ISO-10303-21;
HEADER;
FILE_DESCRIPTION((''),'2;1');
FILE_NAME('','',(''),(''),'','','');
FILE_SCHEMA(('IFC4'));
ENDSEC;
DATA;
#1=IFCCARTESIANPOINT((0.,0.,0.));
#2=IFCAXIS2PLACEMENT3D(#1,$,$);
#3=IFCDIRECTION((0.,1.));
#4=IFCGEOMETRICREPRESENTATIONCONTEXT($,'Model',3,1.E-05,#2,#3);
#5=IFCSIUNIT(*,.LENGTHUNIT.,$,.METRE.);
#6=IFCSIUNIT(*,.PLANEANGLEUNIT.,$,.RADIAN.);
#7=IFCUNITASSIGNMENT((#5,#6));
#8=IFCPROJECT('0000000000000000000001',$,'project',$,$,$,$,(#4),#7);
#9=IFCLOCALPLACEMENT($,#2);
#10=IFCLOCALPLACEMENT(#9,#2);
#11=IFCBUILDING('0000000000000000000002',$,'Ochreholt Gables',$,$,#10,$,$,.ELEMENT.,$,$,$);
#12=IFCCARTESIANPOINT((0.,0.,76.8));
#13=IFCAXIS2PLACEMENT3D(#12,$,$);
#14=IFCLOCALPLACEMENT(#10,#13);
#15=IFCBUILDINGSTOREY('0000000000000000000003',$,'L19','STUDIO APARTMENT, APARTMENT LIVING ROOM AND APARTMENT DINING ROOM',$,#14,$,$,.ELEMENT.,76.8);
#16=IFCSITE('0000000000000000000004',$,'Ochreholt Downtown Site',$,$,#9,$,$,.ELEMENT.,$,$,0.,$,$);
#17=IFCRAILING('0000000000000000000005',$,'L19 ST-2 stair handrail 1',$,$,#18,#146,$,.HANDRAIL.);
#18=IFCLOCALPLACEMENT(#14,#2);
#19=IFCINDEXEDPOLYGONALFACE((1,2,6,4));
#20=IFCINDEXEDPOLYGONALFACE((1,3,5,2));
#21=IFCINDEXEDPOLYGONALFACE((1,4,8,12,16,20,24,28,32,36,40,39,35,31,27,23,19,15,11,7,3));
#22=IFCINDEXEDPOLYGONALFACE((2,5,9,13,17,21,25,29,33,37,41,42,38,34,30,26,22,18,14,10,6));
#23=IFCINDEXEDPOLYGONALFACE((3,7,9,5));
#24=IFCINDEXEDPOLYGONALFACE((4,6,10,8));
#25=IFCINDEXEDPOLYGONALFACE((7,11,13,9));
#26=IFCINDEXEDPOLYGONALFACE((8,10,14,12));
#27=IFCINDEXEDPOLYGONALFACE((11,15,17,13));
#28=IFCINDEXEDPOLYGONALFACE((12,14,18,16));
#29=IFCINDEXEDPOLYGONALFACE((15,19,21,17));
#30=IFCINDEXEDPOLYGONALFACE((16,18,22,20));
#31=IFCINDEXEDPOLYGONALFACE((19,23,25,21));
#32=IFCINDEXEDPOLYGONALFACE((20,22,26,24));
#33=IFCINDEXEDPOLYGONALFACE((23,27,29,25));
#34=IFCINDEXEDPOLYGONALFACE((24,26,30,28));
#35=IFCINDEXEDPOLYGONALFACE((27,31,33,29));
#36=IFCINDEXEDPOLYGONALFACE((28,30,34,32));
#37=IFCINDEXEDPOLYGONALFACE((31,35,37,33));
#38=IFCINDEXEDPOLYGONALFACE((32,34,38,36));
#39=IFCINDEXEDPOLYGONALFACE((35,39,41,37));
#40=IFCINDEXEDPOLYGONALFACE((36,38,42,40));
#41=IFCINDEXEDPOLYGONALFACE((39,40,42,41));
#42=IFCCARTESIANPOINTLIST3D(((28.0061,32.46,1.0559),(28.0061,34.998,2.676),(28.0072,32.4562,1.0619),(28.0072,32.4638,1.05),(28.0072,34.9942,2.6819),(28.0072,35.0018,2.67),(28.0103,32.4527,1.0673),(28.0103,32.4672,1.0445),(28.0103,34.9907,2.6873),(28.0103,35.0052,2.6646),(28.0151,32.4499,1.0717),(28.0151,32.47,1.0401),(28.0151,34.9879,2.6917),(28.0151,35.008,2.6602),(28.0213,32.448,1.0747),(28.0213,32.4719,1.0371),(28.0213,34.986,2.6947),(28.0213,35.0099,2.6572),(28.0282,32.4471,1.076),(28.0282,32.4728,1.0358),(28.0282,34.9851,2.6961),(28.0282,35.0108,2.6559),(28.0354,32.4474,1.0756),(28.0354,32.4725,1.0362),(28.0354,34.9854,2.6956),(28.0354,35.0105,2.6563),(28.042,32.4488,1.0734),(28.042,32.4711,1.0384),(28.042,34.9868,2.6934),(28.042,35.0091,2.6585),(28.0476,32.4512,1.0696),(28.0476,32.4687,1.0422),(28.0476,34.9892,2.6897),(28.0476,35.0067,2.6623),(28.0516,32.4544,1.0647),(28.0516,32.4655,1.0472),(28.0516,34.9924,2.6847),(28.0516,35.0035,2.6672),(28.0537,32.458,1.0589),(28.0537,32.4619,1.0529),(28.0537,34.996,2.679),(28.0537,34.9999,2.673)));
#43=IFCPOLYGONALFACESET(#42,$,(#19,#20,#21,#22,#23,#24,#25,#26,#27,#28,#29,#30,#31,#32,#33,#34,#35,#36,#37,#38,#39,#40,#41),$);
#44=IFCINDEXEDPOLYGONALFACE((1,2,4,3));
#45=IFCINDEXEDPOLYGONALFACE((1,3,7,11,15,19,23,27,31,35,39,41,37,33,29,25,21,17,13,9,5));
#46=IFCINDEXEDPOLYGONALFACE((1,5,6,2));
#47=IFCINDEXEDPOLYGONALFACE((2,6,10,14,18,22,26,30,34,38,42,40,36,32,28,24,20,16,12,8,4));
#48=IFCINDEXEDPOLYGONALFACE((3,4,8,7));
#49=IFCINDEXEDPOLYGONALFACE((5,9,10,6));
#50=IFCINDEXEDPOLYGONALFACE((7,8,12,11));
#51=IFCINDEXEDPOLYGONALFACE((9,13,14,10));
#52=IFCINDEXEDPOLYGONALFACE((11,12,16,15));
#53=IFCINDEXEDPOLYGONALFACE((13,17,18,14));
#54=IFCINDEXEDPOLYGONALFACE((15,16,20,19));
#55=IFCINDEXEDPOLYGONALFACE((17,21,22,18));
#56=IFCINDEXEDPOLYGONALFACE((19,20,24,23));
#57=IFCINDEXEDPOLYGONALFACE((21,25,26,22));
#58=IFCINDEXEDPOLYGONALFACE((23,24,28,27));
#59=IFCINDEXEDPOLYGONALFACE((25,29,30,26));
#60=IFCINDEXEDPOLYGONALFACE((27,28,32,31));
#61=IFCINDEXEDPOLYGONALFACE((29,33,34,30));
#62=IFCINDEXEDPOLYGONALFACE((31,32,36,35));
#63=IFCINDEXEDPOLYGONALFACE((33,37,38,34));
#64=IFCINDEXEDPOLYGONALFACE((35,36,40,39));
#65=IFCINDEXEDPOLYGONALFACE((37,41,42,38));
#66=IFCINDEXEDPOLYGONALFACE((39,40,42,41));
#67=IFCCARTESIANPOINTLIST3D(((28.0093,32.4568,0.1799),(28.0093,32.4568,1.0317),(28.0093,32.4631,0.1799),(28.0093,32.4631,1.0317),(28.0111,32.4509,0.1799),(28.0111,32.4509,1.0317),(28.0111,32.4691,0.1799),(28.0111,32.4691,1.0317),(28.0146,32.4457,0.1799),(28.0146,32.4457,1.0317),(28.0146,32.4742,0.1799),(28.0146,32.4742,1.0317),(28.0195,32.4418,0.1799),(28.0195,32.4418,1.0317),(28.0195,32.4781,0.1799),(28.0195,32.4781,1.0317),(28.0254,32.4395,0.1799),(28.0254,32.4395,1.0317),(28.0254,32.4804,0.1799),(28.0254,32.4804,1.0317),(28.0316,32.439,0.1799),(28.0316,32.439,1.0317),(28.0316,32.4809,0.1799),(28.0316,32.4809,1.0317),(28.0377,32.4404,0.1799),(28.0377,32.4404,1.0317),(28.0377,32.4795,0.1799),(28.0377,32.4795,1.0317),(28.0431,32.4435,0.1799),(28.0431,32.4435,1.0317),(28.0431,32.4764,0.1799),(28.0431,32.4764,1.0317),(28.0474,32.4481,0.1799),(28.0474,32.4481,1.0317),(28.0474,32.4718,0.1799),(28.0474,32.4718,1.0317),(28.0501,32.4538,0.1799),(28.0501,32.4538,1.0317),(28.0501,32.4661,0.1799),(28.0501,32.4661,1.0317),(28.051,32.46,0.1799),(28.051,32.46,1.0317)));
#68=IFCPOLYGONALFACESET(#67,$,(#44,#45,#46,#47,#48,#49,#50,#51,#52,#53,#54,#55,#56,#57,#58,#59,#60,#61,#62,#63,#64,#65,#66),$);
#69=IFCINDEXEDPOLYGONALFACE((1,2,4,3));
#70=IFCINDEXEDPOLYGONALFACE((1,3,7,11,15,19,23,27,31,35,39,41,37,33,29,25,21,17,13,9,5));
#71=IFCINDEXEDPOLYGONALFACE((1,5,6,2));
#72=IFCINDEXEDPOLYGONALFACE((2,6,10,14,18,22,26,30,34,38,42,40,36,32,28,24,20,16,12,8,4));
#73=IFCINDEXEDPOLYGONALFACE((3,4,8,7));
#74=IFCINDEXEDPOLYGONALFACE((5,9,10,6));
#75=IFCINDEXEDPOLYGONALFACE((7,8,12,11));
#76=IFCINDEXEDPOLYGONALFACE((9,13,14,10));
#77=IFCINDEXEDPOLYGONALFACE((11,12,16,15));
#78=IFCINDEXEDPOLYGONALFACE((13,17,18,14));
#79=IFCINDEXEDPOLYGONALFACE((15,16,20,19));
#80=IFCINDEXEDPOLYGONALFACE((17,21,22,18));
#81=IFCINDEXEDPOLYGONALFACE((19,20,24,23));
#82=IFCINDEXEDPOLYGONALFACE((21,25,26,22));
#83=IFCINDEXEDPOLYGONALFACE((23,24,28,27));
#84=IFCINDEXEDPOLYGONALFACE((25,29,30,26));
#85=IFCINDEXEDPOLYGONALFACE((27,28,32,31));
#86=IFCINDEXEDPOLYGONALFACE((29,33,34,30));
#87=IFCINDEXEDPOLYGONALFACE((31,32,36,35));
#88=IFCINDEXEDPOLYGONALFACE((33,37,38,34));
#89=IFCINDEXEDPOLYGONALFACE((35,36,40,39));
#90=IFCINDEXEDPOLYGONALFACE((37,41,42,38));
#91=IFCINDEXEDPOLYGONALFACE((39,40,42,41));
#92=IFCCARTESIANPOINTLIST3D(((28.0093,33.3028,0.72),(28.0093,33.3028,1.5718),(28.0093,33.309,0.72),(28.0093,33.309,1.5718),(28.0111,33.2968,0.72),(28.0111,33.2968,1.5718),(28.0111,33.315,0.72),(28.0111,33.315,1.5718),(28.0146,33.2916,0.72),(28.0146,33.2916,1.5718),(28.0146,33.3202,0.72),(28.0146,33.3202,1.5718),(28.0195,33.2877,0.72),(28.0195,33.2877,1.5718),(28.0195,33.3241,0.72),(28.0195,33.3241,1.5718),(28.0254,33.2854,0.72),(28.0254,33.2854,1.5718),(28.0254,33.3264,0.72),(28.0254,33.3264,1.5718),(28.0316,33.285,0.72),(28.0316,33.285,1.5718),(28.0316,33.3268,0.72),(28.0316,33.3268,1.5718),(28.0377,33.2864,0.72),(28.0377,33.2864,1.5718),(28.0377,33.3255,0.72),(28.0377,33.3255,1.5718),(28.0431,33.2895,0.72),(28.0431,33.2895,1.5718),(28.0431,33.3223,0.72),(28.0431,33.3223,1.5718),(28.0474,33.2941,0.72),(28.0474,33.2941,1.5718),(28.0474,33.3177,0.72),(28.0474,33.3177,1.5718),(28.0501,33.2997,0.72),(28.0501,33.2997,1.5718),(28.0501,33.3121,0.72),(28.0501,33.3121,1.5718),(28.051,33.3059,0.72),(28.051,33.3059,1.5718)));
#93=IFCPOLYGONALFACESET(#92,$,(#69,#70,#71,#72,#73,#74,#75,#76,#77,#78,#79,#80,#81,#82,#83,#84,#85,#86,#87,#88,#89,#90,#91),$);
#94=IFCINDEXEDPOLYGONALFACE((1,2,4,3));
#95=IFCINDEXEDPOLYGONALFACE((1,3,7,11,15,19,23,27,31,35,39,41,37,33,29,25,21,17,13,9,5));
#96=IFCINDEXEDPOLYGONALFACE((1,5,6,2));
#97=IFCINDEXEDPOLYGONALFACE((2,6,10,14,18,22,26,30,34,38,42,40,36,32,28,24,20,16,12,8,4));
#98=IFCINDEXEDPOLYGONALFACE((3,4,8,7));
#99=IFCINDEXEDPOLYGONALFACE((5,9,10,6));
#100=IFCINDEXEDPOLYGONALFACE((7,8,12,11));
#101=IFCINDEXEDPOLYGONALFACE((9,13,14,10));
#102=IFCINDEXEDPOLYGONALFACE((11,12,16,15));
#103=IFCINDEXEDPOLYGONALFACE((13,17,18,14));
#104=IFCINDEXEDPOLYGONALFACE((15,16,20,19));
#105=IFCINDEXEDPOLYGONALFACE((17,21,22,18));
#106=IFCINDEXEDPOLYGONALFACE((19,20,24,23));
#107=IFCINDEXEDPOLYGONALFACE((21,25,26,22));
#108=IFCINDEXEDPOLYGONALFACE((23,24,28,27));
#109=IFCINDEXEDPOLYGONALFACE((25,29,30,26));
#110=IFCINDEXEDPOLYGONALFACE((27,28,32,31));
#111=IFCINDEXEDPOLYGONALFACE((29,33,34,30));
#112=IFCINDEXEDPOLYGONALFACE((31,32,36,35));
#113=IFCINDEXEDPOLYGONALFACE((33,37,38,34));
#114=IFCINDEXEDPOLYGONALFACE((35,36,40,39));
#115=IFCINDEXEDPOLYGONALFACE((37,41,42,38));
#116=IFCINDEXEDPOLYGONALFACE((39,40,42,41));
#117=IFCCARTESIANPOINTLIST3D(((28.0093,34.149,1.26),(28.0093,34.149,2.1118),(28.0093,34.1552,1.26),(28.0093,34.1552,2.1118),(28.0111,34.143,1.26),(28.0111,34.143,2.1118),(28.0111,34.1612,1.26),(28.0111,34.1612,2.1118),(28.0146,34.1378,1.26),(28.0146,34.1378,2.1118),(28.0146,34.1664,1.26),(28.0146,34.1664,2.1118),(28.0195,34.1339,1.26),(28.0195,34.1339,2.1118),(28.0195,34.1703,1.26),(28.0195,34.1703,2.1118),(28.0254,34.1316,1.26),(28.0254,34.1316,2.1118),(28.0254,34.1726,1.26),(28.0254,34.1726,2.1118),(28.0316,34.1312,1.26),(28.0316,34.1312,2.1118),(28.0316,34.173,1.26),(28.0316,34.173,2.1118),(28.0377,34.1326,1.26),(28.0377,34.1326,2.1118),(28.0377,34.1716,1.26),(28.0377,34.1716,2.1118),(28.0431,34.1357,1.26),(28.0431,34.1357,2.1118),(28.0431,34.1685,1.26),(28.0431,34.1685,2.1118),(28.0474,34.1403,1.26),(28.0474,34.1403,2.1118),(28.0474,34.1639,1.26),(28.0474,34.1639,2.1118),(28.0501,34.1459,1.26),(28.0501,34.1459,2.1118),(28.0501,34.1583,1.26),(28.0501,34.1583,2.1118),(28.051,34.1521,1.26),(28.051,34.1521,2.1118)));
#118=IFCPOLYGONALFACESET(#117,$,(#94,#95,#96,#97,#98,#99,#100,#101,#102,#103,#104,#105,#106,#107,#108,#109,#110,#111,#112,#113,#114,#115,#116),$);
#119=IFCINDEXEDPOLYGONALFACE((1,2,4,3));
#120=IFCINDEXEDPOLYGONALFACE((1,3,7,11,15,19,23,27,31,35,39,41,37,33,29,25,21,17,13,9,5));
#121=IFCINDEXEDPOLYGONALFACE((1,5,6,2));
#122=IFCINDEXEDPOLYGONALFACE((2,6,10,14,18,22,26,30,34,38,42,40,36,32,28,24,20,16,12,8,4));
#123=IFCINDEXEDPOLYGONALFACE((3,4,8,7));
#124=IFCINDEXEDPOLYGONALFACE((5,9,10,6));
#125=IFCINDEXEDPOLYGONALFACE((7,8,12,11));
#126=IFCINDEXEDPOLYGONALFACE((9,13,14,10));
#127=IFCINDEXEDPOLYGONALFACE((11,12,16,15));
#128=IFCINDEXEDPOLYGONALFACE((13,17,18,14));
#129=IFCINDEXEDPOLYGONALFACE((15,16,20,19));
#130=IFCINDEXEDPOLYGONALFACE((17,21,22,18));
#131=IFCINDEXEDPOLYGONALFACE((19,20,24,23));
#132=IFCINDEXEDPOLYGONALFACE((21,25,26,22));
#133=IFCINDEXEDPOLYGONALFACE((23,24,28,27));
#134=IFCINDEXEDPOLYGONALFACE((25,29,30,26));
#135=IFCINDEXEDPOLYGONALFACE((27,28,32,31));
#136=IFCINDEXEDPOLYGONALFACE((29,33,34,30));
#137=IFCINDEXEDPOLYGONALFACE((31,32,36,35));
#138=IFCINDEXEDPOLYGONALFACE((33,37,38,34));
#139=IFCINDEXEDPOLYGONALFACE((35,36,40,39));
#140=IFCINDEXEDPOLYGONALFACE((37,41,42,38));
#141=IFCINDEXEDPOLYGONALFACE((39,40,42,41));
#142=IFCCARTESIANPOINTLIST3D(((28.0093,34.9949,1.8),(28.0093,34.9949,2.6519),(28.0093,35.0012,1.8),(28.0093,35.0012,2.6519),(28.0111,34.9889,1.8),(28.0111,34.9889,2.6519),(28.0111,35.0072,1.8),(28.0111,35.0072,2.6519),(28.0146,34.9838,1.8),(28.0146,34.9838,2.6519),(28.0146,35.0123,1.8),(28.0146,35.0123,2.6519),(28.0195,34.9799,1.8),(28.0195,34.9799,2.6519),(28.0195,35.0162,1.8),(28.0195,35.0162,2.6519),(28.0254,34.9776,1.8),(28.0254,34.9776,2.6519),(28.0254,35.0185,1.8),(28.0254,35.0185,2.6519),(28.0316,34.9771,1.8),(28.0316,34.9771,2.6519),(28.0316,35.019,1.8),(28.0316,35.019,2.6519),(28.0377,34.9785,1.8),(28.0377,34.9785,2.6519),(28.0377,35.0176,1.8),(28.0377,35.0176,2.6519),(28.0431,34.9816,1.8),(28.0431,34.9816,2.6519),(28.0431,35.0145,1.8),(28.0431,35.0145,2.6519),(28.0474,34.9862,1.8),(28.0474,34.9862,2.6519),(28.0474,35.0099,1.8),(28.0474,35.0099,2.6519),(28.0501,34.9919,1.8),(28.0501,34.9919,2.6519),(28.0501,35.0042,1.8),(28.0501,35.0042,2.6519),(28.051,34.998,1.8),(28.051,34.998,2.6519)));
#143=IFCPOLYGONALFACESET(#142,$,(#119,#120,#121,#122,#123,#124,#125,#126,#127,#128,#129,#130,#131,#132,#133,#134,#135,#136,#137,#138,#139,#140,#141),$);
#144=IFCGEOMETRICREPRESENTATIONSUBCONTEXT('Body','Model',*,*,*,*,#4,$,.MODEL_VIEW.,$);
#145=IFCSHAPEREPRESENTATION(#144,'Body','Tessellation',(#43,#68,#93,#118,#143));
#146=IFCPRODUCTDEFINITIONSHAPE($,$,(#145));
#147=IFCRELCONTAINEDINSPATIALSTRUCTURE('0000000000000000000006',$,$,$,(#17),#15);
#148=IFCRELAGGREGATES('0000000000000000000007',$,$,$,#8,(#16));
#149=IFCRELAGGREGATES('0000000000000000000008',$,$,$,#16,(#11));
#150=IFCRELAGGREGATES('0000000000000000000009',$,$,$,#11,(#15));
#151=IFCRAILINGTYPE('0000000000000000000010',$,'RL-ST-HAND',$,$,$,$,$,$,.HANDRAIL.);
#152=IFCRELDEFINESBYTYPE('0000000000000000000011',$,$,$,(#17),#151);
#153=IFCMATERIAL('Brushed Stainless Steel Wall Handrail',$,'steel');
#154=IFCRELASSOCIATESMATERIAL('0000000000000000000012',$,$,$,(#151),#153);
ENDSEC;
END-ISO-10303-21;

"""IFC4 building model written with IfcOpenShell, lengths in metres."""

from ifc_helpers import new_model, si_unit, direction, frame, origin, origin_2d, place, context, subcontext, project, spatial, circle, extrude, material, type_object, element, save


model = new_model("IFC4")

# Units and contexts
model_context = context("Model", 3, precision=1e-05, world=origin(), true_north=direction((0.0, 1.0)))
body_context = subcontext(model_context, "Body", "Model", "MODEL_VIEW")
ifc_project = project(units=[si_unit("LENGTHUNIT", "METRE"), si_unit("PLANEANGLEUNIT", "RADIAN")], contexts=[model_context])

# Site, building, storey
site_placement = place(None, origin())
site = spatial("IfcSite", under=ifc_project, at=site_placement, Name="Ochreholt Downtown Site", CompositionType="ELEMENT", RefElevation=0.0)
building_placement = place(site_placement, origin())
building = spatial("IfcBuilding", under=site, at=building_placement, Name="Ochreholt Gables", CompositionType="ELEMENT")
storey_placement = place(building_placement, frame((0.0, 0.0, 76.8)))
storey = spatial("IfcBuildingStorey", under=building, at=storey_placement, Name="L19", Description="STUDIO APARTMENT, APARTMENT LIVING ROOM AND APARTMENT DINING ROOM", CompositionType="ELEMENT", Elevation=76.8)

# Railing
ifc_material_1 = material(Name="Brushed Stainless Steel Wall Handrail", Category="steel")
railing_type_1 = type_object("IfcRailingType", Name="RL-ST-HAND", PredefinedType="HANDRAIL", material=ifc_material_1)
railing_1_placement = place(storey_placement, frame((28.03, 32.46, 0.1799)))
element("IfcRailing", 1, at=railing_1_placement, inside=storey, type_object=railing_type_1, Name="L19 ST-2 stair handrail 1", PredefinedType="HANDRAIL", context=body_context, shape_type="SweptSolid", body=[
    extrude(circle(Radius=0.0239, at=origin_2d()), frame((0.0, 0.0, 0.876), z_axis=(0.0, 0.842913, 0.53805), x_axis=(-1.0, 0.0, 0.0)), (0.0, 0.0, 1.0), 3.011),
    extrude(circle(Radius=0.021, at=origin_2d()), origin(), (0.0, 0.0, 1.0), 0.8518),
    extrude(circle(Radius=0.021, at=origin_2d()), frame((0.0, 0.8459, 0.54)), (0.0, 0.0, 1.0), 0.8518),
    extrude(circle(Radius=0.021, at=origin_2d()), frame((0.0, 1.6921, 1.0801)), (0.0, 0.0, 1.0), 0.8518),
    extrude(circle(Radius=0.021, at=origin_2d()), frame((0.0, 2.5381, 1.6201)), (0.0, 0.0, 1.0), 0.8518),
])

save(model, "model.ifc")
